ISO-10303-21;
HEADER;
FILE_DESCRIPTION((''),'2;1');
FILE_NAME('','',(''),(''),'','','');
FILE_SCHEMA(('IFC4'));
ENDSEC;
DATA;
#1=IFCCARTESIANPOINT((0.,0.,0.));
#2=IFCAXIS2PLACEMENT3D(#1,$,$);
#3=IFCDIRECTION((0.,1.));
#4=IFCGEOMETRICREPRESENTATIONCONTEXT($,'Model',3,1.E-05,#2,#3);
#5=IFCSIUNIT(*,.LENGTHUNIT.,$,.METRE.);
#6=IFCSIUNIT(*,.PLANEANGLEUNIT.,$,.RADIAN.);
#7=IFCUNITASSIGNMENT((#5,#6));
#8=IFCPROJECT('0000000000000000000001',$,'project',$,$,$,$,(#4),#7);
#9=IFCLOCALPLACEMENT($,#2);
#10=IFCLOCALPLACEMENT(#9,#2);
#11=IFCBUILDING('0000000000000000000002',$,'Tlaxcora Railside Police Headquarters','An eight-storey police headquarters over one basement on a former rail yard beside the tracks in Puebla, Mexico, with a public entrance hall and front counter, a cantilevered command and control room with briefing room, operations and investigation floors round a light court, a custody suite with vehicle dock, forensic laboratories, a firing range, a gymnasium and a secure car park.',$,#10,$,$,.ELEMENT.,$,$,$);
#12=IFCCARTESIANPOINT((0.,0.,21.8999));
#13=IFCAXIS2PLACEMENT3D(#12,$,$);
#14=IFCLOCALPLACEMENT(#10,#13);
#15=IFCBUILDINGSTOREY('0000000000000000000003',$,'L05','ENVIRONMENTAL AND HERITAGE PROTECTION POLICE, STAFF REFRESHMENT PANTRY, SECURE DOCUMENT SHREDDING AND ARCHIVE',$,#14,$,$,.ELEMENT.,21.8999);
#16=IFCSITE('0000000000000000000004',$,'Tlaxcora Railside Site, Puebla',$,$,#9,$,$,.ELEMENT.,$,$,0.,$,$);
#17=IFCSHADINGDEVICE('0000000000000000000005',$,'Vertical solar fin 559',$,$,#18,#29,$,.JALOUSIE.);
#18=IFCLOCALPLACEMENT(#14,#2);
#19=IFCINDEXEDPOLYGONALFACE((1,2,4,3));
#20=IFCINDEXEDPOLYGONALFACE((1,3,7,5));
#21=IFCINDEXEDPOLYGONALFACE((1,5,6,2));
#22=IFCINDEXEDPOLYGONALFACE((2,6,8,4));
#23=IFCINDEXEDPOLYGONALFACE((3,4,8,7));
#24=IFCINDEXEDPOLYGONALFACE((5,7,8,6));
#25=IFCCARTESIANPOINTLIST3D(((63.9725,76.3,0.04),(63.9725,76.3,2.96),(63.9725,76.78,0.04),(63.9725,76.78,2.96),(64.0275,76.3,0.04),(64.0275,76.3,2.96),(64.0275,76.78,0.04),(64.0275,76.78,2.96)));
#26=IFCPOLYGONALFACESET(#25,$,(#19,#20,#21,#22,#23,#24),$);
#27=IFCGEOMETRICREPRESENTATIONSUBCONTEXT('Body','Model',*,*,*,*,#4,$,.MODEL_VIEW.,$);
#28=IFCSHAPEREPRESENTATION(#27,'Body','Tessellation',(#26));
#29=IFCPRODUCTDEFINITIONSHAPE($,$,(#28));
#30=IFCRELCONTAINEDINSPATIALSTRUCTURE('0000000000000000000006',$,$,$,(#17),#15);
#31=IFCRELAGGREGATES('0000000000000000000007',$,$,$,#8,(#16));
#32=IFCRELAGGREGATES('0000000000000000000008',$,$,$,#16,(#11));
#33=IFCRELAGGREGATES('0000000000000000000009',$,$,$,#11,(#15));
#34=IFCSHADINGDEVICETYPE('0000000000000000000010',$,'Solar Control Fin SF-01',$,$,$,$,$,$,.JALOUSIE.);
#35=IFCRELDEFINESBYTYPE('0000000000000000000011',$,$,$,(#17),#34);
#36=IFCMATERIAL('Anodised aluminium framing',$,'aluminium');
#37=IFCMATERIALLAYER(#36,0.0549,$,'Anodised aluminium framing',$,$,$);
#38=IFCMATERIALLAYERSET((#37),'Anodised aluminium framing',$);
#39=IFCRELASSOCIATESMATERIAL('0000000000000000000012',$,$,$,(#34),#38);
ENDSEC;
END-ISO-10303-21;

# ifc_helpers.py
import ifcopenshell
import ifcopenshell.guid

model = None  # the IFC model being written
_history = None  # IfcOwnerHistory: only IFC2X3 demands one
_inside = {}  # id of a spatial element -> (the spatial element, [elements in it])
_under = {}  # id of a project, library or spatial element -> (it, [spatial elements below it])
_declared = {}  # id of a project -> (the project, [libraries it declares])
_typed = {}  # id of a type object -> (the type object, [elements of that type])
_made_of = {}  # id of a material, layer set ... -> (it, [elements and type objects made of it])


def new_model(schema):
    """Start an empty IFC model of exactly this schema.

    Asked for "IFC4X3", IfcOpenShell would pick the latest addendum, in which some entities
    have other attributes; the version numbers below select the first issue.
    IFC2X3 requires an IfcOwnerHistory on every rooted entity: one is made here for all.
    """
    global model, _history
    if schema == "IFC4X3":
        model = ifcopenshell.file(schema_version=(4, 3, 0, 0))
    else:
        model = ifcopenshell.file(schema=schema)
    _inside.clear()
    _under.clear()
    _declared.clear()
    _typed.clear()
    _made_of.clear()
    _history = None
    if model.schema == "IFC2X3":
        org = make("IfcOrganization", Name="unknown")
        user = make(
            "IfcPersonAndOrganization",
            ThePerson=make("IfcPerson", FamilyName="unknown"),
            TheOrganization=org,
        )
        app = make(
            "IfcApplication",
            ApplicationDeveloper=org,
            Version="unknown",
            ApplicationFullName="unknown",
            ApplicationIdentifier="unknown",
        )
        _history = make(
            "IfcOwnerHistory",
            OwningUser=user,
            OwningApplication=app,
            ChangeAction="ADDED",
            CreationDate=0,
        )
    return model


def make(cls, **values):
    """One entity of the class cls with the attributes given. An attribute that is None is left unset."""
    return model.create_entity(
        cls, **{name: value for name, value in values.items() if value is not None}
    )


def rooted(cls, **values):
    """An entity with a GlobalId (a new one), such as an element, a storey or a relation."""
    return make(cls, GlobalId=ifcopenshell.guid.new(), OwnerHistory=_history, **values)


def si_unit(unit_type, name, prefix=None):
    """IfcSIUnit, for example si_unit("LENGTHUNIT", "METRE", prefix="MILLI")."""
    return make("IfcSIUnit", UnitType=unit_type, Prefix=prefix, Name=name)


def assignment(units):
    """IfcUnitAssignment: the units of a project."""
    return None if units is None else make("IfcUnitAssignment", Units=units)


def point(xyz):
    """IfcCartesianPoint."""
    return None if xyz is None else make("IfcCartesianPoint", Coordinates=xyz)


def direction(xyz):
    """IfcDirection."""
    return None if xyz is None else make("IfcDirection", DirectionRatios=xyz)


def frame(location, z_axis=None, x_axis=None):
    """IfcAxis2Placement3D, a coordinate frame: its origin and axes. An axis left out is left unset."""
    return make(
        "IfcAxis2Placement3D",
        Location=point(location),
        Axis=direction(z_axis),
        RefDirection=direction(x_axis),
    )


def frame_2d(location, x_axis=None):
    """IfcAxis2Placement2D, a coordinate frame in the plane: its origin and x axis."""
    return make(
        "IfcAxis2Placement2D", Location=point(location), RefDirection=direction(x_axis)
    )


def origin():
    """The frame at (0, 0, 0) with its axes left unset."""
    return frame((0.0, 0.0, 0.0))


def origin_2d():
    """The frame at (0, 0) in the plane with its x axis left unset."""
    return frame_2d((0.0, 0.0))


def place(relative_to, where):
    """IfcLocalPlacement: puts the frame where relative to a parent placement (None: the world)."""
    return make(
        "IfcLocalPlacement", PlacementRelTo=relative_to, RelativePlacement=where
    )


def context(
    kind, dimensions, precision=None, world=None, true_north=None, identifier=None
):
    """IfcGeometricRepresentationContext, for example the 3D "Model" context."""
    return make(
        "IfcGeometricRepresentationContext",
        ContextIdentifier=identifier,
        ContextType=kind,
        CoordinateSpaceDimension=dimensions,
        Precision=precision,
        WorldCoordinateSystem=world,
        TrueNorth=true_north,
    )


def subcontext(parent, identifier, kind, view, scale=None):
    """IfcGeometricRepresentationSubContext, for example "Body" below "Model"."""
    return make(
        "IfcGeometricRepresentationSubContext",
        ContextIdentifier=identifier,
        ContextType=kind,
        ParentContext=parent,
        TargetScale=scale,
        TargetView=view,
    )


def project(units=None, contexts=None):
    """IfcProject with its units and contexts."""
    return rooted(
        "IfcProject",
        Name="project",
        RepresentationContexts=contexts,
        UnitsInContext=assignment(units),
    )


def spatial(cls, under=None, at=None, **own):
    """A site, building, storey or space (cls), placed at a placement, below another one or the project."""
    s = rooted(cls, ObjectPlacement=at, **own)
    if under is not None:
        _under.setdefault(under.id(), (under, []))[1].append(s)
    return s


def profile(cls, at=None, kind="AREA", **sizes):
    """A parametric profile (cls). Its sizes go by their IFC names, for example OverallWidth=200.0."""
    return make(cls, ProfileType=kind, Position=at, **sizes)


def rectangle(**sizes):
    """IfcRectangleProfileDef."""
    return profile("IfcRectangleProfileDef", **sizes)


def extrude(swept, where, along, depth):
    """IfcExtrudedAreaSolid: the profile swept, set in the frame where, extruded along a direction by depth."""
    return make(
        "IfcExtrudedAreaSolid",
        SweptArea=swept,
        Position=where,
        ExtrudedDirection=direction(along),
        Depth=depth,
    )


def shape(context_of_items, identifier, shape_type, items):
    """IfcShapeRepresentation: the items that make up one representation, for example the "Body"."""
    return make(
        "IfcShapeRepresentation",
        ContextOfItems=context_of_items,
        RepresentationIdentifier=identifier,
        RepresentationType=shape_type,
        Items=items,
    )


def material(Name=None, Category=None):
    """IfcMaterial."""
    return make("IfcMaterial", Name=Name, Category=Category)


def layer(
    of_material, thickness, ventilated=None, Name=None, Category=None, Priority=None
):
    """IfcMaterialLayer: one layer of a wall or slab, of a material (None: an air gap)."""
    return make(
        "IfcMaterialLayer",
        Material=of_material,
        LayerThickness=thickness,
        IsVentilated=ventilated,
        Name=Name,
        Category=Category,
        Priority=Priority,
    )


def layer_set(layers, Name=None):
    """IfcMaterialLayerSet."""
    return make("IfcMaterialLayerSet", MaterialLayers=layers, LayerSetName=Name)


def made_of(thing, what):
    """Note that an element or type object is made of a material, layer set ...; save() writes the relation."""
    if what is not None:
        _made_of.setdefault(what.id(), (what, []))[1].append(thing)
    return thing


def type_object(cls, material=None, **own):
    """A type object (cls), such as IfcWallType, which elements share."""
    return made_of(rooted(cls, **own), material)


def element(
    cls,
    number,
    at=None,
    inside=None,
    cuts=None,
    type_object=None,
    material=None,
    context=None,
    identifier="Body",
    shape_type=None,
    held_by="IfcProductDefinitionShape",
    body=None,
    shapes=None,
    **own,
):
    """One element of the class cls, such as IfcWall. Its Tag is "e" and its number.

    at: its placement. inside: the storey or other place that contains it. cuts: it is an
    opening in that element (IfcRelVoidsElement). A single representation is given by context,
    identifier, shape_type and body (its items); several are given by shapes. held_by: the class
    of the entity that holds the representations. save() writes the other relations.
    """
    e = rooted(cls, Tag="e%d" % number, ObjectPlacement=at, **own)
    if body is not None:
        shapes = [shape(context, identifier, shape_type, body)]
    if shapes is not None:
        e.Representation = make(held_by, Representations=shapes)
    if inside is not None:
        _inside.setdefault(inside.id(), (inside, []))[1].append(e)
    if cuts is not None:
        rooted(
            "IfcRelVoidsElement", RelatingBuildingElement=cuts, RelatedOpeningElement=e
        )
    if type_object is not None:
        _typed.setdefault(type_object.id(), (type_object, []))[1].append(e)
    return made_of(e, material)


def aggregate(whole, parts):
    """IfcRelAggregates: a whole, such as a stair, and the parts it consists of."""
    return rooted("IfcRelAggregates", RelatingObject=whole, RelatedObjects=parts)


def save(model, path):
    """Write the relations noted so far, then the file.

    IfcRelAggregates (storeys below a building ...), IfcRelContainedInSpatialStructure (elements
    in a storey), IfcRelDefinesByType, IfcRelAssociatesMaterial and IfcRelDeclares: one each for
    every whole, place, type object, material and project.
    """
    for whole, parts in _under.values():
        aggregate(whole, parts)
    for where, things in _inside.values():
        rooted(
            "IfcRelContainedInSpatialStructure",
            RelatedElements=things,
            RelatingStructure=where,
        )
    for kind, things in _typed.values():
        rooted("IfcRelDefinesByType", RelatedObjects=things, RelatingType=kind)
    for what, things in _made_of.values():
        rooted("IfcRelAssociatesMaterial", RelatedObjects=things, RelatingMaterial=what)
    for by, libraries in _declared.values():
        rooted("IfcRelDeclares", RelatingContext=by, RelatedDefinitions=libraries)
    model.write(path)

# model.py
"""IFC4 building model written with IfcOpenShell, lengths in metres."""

from ifc_helpers import new_model, si_unit, direction, frame, origin, origin_2d, place, context, subcontext, project, spatial, rectangle, extrude, material, layer, layer_set, type_object, element, save


model = new_model("IFC4")

# Units and contexts
model_context = context("Model", 3, precision=1e-05, world=origin(), true_north=direction((0.0, 1.0)))
body_context = subcontext(model_context, "Body", "Model", "MODEL_VIEW")
ifc_project = project(units=[si_unit("LENGTHUNIT", "METRE"), si_unit("PLANEANGLEUNIT", "RADIAN")], contexts=[model_context])

# Site, building, storey
site_placement = place(None, origin())
site = spatial("IfcSite", under=ifc_project, at=site_placement, Name="Tlaxcora Railside Site, Puebla", CompositionType="ELEMENT", RefElevation=0.0)
building_placement = place(site_placement, origin())
building = spatial("IfcBuilding", under=site, at=building_placement, Name="Tlaxcora Railside Police Headquarters", Description="An eight-storey police headquarters over one basement on a former rail yard beside the tracks in Puebla, Mexico, with a public entrance hall and front counter, a cantilevered command and control room with briefing room, operations and investigation floors round a light court, a custody suite with vehicle dock, forensic laboratories, a firing range, a gymnasium and a secure car park.", CompositionType="ELEMENT")
storey_placement = place(building_placement, frame((0.0, 0.0, 21.8999)))
storey = spatial("IfcBuildingStorey", under=building, at=storey_placement, Name="L05", Description="ENVIRONMENTAL AND HERITAGE PROTECTION POLICE, STAFF REFRESHMENT PANTRY, SECURE DOCUMENT SHREDDING AND ARCHIVE", CompositionType="ELEMENT", Elevation=21.8999)

# Shared definitions
ifc_material_1 = material(Name="Anodised aluminium framing", Category="aluminium")

# Shading device
ifc_layer_1 = layer(ifc_material_1, 0.0549, Name="Anodised aluminium framing")
ifc_layer_set_1 = layer_set([ifc_layer_1], Name="Anodised aluminium framing")
shading_device_type = type_object("IfcShadingDeviceType", Name="Solar Control Fin SF-01", PredefinedType="JALOUSIE", material=ifc_layer_set_1)
for number, where, z_axis, x_axis, name in (
    (1, (64.0, 76.54, 0.04), (0.0, 0.0, 1.0), (0.0, -1.0, 0.0), "Vertical solar fin 559"),
):
    element("IfcShadingDevice", number, at=place(storey_placement, frame(where, z_axis=z_axis, x_axis=x_axis)), inside=storey, type_object=shading_device_type, Name=name, PredefinedType="JALOUSIE", context=body_context, shape_type="SweptSolid", body=[
        extrude(rectangle(XDim=0.48, YDim=0.0549, at=origin_2d()), origin(), (0.0, 0.0, 1.0), 2.9199),
    ])

save(model, "model.ifc")
